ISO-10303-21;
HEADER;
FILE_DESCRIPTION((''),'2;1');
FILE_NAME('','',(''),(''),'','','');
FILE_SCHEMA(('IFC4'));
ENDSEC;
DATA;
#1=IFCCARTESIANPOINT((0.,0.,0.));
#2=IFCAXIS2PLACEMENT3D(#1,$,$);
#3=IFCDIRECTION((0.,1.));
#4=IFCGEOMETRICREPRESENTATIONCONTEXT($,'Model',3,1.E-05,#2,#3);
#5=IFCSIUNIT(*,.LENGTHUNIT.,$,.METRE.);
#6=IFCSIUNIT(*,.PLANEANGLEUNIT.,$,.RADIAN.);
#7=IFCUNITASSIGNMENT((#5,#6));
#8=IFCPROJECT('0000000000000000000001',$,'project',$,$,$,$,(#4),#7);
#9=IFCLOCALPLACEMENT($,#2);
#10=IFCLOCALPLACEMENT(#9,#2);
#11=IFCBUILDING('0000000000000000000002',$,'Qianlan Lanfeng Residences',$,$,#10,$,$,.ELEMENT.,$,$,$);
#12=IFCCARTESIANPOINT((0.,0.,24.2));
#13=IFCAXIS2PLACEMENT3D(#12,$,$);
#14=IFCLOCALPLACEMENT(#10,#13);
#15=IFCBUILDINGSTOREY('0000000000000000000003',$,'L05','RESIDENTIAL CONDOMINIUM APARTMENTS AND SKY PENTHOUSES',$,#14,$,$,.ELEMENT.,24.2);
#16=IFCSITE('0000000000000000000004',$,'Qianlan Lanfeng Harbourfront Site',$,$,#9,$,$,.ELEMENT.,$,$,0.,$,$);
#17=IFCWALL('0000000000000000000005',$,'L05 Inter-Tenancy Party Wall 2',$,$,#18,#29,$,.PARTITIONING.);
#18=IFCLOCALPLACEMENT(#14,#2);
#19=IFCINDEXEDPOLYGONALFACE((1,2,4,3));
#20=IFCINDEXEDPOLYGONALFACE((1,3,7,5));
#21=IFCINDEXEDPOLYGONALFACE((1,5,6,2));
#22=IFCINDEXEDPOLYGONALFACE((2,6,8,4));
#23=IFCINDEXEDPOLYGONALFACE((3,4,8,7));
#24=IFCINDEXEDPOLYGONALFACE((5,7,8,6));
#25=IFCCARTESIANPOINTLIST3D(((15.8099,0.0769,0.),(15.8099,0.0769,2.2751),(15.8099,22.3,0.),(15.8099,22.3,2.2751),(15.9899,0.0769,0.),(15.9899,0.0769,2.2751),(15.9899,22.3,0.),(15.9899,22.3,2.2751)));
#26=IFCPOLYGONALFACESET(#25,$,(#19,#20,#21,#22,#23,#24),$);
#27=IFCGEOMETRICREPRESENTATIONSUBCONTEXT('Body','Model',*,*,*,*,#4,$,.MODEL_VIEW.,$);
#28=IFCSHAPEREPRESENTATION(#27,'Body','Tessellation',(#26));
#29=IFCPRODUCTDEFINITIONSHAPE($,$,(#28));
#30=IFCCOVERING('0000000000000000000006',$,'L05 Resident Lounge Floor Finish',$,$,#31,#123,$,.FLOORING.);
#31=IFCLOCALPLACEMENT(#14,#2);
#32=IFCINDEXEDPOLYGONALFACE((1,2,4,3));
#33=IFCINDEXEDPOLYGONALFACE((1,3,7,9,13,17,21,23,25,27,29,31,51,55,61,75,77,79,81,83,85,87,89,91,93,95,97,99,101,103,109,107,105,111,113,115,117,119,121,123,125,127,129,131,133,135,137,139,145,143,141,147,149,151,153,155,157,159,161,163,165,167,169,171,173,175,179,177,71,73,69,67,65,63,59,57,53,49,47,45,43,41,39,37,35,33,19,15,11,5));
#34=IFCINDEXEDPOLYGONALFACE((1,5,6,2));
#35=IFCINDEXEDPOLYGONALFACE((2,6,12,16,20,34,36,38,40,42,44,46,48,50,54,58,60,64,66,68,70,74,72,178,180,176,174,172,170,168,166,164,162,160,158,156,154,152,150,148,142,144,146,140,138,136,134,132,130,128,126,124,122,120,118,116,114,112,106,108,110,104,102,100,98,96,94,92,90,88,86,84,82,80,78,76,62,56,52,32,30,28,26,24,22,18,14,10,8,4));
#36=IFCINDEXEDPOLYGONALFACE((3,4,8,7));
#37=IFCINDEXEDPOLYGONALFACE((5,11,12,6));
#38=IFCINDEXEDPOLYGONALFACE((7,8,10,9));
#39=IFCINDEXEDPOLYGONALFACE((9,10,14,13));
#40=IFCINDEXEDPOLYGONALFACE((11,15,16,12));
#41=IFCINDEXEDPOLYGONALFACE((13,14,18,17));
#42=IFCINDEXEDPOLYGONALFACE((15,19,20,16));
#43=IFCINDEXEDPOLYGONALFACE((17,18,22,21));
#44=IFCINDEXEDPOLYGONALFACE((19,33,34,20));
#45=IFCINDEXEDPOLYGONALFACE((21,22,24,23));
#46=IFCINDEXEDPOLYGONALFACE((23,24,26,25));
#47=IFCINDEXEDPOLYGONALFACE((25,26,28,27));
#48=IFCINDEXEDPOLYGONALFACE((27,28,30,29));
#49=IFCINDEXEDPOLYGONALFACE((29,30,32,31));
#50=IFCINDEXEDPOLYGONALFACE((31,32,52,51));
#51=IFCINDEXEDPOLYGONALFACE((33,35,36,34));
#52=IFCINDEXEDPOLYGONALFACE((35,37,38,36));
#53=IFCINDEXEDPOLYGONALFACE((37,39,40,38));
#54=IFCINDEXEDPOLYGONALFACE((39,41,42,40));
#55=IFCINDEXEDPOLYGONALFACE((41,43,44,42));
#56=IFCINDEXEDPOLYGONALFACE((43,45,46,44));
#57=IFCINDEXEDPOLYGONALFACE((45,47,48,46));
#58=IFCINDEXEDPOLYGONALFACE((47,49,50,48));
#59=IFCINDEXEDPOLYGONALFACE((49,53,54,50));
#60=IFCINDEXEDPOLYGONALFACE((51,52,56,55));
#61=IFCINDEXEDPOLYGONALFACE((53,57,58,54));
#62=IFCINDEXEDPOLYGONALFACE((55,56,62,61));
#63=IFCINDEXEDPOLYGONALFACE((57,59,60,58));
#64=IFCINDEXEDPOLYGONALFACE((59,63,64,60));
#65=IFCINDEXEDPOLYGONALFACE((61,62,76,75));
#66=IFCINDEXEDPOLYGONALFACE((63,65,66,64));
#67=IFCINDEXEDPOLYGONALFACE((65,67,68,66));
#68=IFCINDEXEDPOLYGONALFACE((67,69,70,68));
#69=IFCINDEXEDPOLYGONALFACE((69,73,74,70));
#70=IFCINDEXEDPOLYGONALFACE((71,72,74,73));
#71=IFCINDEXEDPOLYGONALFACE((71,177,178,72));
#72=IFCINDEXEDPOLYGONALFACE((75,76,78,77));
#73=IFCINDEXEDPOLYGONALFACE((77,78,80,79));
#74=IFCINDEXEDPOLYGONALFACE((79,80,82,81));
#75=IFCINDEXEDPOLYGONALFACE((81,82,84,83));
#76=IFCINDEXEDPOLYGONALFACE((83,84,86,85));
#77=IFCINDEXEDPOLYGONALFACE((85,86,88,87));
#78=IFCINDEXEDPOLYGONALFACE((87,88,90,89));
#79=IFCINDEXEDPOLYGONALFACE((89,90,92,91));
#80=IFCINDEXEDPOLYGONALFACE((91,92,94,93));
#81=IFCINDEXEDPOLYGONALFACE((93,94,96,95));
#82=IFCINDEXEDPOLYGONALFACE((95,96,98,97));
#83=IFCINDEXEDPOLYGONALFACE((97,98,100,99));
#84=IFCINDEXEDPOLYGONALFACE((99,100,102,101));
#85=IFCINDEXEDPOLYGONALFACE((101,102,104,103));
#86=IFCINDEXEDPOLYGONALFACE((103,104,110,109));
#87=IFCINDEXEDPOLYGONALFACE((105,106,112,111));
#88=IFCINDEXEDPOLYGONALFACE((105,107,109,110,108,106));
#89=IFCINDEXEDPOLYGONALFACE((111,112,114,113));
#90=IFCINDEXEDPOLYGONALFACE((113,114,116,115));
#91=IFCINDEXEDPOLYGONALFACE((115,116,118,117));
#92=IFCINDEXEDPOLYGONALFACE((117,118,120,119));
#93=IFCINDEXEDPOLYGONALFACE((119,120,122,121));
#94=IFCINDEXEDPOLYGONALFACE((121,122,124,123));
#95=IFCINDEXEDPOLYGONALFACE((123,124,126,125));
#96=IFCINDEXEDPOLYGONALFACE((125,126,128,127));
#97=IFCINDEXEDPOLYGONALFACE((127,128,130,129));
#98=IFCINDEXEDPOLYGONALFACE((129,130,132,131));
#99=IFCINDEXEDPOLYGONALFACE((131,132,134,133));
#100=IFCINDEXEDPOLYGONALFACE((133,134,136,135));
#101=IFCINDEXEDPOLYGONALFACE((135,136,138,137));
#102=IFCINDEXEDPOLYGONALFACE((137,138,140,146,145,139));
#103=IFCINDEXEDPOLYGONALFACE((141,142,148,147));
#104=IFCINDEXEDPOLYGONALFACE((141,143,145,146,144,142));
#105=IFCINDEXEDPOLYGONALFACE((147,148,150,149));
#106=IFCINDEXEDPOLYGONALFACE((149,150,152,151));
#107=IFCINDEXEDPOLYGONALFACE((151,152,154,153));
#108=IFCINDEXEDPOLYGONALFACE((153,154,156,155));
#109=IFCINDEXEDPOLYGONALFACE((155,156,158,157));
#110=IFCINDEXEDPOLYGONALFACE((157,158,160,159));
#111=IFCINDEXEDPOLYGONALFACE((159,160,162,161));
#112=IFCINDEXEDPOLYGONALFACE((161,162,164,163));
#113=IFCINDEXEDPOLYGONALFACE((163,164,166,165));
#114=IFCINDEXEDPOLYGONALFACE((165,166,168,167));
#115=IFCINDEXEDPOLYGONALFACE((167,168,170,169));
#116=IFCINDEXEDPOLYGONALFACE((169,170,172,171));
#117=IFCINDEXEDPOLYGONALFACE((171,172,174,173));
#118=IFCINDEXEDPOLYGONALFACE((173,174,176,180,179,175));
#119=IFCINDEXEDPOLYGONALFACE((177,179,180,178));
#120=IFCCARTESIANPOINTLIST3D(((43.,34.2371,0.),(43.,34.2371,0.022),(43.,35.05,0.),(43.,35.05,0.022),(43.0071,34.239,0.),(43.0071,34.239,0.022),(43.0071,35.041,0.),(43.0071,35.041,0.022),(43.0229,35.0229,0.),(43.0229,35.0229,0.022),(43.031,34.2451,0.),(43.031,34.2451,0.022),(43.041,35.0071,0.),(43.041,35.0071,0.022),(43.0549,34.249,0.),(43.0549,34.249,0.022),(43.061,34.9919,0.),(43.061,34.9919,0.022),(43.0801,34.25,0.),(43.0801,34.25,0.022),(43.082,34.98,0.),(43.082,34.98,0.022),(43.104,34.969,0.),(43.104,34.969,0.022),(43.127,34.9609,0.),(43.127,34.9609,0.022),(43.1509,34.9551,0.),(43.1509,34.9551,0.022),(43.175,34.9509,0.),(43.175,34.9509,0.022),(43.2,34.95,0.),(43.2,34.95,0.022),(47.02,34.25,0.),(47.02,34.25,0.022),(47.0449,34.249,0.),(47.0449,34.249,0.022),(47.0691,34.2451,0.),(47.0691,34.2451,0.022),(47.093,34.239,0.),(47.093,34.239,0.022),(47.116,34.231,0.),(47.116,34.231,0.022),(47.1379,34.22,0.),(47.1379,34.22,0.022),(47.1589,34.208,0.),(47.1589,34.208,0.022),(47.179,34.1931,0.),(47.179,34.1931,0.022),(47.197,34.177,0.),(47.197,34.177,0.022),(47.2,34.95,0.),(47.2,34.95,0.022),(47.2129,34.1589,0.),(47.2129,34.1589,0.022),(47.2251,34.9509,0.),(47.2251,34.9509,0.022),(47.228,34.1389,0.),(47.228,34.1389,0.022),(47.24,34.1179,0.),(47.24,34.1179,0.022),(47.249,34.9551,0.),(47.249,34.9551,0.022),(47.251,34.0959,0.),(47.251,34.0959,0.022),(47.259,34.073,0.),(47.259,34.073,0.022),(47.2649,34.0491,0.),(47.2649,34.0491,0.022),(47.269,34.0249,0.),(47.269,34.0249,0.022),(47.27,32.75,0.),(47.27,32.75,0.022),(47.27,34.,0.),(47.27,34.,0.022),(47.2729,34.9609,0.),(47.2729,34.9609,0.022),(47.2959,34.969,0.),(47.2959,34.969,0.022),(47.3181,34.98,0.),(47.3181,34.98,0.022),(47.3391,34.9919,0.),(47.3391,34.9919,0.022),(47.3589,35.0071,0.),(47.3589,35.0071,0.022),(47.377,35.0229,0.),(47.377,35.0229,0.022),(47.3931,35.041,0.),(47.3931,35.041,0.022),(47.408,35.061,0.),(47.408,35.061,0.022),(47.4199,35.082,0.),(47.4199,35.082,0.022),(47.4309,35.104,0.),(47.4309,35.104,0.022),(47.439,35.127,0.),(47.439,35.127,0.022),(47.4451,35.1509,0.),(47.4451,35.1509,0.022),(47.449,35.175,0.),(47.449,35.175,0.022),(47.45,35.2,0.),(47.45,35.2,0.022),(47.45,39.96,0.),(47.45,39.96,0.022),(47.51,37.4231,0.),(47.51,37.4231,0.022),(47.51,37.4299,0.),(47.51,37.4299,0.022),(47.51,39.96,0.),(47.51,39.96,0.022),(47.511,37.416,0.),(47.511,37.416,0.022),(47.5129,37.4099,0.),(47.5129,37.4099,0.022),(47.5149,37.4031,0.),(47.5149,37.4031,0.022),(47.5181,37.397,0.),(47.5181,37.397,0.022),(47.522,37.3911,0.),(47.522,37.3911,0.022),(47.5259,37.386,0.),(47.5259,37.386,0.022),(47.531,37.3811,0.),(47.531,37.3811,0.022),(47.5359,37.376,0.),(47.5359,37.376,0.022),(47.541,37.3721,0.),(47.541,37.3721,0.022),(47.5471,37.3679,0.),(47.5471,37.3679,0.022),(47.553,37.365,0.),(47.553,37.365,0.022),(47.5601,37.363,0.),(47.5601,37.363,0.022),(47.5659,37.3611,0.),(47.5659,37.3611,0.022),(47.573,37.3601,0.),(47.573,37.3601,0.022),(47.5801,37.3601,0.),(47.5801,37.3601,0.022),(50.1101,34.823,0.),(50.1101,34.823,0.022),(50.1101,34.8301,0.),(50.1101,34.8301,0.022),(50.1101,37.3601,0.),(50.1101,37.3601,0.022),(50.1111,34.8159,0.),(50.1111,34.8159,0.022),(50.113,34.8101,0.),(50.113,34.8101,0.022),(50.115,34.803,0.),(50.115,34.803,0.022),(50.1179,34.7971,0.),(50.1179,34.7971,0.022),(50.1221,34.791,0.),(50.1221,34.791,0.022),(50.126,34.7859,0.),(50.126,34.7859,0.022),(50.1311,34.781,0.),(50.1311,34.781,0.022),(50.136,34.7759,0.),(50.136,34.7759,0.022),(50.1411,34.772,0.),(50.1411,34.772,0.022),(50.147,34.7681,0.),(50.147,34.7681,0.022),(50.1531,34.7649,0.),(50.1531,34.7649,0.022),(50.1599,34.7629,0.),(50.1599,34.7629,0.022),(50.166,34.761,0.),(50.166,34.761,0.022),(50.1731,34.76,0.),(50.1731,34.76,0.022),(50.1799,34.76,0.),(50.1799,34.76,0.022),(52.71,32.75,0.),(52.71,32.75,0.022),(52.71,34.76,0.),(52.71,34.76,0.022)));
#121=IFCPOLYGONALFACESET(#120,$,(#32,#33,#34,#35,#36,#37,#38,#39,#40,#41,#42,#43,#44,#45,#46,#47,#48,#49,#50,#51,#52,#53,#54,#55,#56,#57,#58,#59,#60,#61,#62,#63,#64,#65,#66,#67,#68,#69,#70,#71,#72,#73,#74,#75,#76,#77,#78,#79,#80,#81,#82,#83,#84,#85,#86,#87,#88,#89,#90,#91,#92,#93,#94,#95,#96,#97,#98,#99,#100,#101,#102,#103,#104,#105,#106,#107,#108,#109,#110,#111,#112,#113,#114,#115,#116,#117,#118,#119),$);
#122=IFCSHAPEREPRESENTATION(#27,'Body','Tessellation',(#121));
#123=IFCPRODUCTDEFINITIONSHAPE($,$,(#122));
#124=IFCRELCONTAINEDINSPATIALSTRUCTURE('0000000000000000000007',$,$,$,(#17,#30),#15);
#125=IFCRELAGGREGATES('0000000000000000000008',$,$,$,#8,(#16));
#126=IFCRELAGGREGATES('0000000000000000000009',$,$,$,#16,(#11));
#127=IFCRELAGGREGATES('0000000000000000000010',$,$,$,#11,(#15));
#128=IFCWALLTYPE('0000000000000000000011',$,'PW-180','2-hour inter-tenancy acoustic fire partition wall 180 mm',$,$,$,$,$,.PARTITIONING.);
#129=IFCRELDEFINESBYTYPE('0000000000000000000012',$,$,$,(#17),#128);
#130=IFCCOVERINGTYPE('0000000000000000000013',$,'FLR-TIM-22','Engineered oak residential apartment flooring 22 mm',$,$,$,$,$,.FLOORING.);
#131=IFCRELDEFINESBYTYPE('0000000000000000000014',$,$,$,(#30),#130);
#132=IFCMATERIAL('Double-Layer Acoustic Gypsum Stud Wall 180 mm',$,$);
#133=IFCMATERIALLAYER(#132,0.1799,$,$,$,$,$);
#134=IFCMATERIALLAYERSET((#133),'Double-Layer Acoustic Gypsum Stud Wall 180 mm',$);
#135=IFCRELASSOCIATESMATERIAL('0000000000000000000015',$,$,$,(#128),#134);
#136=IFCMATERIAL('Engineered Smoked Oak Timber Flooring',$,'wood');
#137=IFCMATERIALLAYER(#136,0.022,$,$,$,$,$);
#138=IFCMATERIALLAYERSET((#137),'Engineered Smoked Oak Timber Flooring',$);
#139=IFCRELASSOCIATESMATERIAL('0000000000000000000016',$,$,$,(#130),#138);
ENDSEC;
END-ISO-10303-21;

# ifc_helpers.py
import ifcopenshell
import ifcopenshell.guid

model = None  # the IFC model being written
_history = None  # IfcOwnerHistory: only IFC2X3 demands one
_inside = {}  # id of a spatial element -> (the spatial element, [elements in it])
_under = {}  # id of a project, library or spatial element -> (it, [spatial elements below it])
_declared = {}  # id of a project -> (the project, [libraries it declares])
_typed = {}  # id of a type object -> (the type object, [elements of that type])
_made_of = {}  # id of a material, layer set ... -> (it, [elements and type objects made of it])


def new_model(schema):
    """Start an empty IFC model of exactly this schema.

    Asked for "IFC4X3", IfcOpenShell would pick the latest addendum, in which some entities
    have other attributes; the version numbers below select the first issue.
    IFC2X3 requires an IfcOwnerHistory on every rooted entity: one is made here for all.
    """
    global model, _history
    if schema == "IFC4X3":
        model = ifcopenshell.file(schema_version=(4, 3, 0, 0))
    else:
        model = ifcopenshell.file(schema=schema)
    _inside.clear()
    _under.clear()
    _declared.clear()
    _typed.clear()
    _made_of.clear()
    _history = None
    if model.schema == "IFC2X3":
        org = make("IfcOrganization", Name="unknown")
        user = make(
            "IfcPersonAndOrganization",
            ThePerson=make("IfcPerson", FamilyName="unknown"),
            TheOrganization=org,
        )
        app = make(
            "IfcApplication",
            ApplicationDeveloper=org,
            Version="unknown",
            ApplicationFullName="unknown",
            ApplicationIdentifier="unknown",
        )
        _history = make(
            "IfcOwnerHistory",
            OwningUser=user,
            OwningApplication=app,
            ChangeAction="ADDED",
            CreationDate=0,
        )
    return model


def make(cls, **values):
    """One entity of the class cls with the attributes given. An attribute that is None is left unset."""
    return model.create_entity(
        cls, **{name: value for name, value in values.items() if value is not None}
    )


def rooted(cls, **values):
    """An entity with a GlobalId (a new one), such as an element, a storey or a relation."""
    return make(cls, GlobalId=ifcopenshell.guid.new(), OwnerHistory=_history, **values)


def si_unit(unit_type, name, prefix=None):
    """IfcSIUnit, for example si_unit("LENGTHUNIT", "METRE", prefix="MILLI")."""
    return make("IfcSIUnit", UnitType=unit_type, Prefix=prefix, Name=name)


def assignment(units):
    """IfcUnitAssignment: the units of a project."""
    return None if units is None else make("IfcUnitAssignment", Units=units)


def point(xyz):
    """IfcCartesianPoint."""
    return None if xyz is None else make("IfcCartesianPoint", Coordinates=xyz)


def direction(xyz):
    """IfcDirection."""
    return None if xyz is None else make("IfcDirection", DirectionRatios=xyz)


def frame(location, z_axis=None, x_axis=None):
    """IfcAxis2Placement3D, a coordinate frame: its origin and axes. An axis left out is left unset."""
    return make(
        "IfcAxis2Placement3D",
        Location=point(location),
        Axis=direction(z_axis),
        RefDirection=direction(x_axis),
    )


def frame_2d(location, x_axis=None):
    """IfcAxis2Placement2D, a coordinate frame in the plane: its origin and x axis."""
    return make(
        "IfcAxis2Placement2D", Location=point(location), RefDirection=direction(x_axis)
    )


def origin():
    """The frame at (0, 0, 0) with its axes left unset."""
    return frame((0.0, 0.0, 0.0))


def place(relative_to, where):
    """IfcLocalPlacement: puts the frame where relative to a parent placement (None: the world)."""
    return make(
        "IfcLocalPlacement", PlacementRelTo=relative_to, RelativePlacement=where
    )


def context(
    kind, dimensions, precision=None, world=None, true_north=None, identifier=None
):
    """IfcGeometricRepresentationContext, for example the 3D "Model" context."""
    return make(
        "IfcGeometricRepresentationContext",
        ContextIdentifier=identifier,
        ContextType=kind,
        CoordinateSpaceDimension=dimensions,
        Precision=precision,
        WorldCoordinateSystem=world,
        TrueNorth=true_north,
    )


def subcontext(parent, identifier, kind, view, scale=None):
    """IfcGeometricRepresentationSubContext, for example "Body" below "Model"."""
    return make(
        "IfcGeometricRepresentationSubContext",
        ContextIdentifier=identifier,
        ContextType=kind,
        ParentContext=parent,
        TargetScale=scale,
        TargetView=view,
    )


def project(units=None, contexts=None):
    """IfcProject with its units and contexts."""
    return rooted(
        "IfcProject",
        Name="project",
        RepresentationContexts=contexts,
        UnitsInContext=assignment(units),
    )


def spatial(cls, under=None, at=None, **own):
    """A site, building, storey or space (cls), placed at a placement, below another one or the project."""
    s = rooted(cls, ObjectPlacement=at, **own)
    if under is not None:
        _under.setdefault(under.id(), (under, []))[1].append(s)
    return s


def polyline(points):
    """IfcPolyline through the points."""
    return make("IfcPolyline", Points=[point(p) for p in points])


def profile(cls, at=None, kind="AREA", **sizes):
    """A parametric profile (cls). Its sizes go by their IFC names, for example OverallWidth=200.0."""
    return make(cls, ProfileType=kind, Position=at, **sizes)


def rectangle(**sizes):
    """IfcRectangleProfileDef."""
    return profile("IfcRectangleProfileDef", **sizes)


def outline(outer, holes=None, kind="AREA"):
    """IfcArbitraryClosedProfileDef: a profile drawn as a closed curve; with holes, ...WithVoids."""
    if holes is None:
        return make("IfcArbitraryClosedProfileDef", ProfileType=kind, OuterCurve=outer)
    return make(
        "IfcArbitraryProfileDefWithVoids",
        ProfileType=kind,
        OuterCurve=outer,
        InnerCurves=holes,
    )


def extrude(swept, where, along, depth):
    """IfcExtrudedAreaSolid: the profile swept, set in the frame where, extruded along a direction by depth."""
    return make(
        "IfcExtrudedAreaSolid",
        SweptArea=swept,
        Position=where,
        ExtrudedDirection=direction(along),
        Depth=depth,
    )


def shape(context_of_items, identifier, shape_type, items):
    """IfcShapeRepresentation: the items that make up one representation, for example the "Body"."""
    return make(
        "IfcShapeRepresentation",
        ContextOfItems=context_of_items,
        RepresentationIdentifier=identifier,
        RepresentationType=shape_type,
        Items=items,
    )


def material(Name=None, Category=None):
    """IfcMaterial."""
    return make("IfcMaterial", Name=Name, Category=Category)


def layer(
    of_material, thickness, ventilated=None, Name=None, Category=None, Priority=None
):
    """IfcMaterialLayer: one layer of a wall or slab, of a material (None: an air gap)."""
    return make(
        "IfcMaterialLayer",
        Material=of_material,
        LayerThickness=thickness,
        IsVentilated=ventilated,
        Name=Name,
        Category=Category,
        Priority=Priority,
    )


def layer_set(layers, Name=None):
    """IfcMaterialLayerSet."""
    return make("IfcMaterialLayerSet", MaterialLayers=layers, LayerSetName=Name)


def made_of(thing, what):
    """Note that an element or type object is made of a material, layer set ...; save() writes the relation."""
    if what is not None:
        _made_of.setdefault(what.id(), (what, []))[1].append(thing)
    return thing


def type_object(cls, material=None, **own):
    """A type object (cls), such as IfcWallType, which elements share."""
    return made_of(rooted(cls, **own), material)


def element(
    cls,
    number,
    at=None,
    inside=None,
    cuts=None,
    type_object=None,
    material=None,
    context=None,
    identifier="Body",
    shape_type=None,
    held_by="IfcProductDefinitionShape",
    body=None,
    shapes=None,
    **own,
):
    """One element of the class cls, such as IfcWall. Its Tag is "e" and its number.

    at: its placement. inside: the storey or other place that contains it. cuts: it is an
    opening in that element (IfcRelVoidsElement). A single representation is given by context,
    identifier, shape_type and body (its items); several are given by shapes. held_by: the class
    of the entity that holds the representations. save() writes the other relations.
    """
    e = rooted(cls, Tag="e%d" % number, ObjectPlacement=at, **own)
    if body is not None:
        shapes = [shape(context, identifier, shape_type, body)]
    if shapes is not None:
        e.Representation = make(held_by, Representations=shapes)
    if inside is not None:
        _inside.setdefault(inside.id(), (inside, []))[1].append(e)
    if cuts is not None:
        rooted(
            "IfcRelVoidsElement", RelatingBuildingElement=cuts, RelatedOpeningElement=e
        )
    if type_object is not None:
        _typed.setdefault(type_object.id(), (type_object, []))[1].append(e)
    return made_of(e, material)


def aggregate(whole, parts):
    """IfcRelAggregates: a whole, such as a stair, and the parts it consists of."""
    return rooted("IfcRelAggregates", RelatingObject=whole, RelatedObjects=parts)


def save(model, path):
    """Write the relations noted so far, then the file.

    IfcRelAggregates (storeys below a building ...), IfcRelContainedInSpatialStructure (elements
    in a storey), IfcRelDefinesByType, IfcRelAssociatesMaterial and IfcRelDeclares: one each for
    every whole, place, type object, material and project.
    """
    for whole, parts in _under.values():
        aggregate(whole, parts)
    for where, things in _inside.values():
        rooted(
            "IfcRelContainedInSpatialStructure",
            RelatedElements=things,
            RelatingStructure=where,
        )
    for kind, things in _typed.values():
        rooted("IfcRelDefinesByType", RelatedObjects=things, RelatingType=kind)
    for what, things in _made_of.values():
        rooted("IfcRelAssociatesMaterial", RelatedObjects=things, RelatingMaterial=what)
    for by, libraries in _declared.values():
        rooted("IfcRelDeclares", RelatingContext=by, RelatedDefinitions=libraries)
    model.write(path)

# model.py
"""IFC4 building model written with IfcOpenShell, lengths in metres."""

from ifc_helpers import new_model, si_unit, direction, frame, frame_2d, origin, place, context, subcontext, project, spatial, polyline, rectangle, outline, extrude, material, layer, layer_set, type_object, element, save


model = new_model("IFC4")

# Units and contexts
model_context = context("Model", 3, precision=1e-05, world=origin(), true_north=direction((0.0, 1.0)))
body_context = subcontext(model_context, "Body", "Model", "MODEL_VIEW")
ifc_project = project(units=[si_unit("LENGTHUNIT", "METRE"), si_unit("PLANEANGLEUNIT", "RADIAN")], contexts=[model_context])

# Site, building, storey
site_placement = place(None, origin())
site = spatial("IfcSite", under=ifc_project, at=site_placement, Name="Qianlan Lanfeng Harbourfront Site", CompositionType="ELEMENT", RefElevation=0.0)
building_placement = place(site_placement, origin())
building = spatial("IfcBuilding", under=site, at=building_placement, Name="Qianlan Lanfeng Residences", CompositionType="ELEMENT")
storey_placement = place(building_placement, frame((0.0, 0.0, 24.2)))
storey = spatial("IfcBuildingStorey", under=building, at=storey_placement, Name="L05", Description="RESIDENTIAL CONDOMINIUM APARTMENTS AND SKY PENTHOUSES", CompositionType="ELEMENT", Elevation=24.2)

# Wall
ifc_material_1 = material(Name="Double-Layer Acoustic Gypsum Stud Wall 180 mm")
ifc_layer_1 = layer(ifc_material_1, 0.1799)
ifc_layer_set_1 = layer_set([ifc_layer_1], Name="Double-Layer Acoustic Gypsum Stud Wall 180 mm")
wall_type_1 = type_object("IfcWallType", Name="PW-180", Description="2-hour inter-tenancy acoustic fire partition wall 180 mm", PredefinedType="PARTITIONING", material=ifc_layer_set_1)
wall_1_placement = place(storey_placement, frame((15.8999, 0.0769, 0.0), z_axis=(0.0, 0.0, 1.0), x_axis=(0.0, 1.0, 0.0)))
element("IfcWall", 1, at=wall_1_placement, inside=storey, type_object=wall_type_1, Name="L05 Inter-Tenancy Party Wall 2", PredefinedType="PARTITIONING", context=body_context, shape_type="SweptSolid", body=[
    extrude(rectangle(XDim=22.2231, YDim=0.1799, at=frame_2d((11.1116, 0.0))), origin(), (0.0, 0.0, 1.0), 2.2751),
])

# Covering
ifc_material_2 = material(Name="Engineered Smoked Oak Timber Flooring", Category="wood")
ifc_layer_2 = layer(ifc_material_2, 0.022)
ifc_layer_set_2 = layer_set([ifc_layer_2], Name="Engineered Smoked Oak Timber Flooring")
covering_type = type_object("IfcCoveringType", Name="FLR-TIM-22", Description="Engineered oak residential apartment flooring 22 mm", PredefinedType="FLOORING", material=ifc_layer_set_2)
covering_placement = place(storey_placement, origin())
element("IfcCovering", 2, at=covering_placement, inside=storey, type_object=covering_type, Name="L05 Resident Lounge Floor Finish", PredefinedType="FLOORING", context=body_context, shape_type="SweptSolid", body=[
    extrude(outline(polyline([(43.0, 34.2371), (43.0071, 34.239), (43.031, 34.2451), (43.0549, 34.249), (43.0801, 34.25), (47.02, 34.25), (47.0449, 34.249), (47.0691, 34.2451), (47.093, 34.239), (47.116, 34.231), (47.1379, 34.22), (47.1589, 34.208), (47.179, 34.1931), (47.197, 34.177), (47.2129, 34.1589), (47.228, 34.1389), (47.24, 34.1179), (47.251, 34.0959), (47.259, 34.073), (47.2649, 34.0491), (47.269, 34.0249), (47.27, 34.0), (47.27, 32.75), (52.71, 32.75), (52.71, 34.76), (50.1799, 34.76), (50.1731, 34.76), (50.166, 34.761), (50.1599, 34.7629), (50.1531, 34.7649), (50.147, 34.7681), (50.1411, 34.772), (50.136, 34.7759), (50.1311, 34.781), (50.126, 34.7859), (50.1221, 34.791), (50.1179, 34.7971), (50.115, 34.803), (50.113, 34.8101), (50.1111, 34.8159), (50.1101, 34.823), (50.1101, 34.8301), (50.1101, 37.3601), (47.5801, 37.3601), (47.573, 37.3601), (47.5659, 37.3611), (47.5601, 37.363), (47.553, 37.365), (47.5471, 37.3679), (47.541, 37.3721), (47.5359, 37.376), (47.531, 37.3811), (47.5259, 37.386), (47.522, 37.3911), (47.5181, 37.397), (47.5149, 37.4031), (47.5129, 37.4099), (47.511, 37.416), (47.51, 37.4231), (47.51, 37.4299), (47.51, 39.96), (47.45, 39.96), (47.45, 35.2), (47.449, 35.175), (47.4451, 35.1509), (47.439, 35.127), (47.4309, 35.104), (47.4199, 35.082), (47.408, 35.061), (47.3931, 35.041), (47.377, 35.0229), (47.3589, 35.0071), (47.3391, 34.9919), (47.3181, 34.98), (47.2959, 34.969), (47.2729, 34.9609), (47.249, 34.9551), (47.2251, 34.9509), (47.2, 34.95), (43.2, 34.95), (43.175, 34.9509), (43.1509, 34.9551), (43.127, 34.9609), (43.104, 34.969), (43.082, 34.98), (43.061, 34.9919), (43.041, 35.0071), (43.0229, 35.0229), (43.0071, 35.041), (43.0, 35.05), (43.0, 34.2371)])), origin(), (0.0, 0.0, 1.0), 0.022),
])

save(model, "model.ifc")
